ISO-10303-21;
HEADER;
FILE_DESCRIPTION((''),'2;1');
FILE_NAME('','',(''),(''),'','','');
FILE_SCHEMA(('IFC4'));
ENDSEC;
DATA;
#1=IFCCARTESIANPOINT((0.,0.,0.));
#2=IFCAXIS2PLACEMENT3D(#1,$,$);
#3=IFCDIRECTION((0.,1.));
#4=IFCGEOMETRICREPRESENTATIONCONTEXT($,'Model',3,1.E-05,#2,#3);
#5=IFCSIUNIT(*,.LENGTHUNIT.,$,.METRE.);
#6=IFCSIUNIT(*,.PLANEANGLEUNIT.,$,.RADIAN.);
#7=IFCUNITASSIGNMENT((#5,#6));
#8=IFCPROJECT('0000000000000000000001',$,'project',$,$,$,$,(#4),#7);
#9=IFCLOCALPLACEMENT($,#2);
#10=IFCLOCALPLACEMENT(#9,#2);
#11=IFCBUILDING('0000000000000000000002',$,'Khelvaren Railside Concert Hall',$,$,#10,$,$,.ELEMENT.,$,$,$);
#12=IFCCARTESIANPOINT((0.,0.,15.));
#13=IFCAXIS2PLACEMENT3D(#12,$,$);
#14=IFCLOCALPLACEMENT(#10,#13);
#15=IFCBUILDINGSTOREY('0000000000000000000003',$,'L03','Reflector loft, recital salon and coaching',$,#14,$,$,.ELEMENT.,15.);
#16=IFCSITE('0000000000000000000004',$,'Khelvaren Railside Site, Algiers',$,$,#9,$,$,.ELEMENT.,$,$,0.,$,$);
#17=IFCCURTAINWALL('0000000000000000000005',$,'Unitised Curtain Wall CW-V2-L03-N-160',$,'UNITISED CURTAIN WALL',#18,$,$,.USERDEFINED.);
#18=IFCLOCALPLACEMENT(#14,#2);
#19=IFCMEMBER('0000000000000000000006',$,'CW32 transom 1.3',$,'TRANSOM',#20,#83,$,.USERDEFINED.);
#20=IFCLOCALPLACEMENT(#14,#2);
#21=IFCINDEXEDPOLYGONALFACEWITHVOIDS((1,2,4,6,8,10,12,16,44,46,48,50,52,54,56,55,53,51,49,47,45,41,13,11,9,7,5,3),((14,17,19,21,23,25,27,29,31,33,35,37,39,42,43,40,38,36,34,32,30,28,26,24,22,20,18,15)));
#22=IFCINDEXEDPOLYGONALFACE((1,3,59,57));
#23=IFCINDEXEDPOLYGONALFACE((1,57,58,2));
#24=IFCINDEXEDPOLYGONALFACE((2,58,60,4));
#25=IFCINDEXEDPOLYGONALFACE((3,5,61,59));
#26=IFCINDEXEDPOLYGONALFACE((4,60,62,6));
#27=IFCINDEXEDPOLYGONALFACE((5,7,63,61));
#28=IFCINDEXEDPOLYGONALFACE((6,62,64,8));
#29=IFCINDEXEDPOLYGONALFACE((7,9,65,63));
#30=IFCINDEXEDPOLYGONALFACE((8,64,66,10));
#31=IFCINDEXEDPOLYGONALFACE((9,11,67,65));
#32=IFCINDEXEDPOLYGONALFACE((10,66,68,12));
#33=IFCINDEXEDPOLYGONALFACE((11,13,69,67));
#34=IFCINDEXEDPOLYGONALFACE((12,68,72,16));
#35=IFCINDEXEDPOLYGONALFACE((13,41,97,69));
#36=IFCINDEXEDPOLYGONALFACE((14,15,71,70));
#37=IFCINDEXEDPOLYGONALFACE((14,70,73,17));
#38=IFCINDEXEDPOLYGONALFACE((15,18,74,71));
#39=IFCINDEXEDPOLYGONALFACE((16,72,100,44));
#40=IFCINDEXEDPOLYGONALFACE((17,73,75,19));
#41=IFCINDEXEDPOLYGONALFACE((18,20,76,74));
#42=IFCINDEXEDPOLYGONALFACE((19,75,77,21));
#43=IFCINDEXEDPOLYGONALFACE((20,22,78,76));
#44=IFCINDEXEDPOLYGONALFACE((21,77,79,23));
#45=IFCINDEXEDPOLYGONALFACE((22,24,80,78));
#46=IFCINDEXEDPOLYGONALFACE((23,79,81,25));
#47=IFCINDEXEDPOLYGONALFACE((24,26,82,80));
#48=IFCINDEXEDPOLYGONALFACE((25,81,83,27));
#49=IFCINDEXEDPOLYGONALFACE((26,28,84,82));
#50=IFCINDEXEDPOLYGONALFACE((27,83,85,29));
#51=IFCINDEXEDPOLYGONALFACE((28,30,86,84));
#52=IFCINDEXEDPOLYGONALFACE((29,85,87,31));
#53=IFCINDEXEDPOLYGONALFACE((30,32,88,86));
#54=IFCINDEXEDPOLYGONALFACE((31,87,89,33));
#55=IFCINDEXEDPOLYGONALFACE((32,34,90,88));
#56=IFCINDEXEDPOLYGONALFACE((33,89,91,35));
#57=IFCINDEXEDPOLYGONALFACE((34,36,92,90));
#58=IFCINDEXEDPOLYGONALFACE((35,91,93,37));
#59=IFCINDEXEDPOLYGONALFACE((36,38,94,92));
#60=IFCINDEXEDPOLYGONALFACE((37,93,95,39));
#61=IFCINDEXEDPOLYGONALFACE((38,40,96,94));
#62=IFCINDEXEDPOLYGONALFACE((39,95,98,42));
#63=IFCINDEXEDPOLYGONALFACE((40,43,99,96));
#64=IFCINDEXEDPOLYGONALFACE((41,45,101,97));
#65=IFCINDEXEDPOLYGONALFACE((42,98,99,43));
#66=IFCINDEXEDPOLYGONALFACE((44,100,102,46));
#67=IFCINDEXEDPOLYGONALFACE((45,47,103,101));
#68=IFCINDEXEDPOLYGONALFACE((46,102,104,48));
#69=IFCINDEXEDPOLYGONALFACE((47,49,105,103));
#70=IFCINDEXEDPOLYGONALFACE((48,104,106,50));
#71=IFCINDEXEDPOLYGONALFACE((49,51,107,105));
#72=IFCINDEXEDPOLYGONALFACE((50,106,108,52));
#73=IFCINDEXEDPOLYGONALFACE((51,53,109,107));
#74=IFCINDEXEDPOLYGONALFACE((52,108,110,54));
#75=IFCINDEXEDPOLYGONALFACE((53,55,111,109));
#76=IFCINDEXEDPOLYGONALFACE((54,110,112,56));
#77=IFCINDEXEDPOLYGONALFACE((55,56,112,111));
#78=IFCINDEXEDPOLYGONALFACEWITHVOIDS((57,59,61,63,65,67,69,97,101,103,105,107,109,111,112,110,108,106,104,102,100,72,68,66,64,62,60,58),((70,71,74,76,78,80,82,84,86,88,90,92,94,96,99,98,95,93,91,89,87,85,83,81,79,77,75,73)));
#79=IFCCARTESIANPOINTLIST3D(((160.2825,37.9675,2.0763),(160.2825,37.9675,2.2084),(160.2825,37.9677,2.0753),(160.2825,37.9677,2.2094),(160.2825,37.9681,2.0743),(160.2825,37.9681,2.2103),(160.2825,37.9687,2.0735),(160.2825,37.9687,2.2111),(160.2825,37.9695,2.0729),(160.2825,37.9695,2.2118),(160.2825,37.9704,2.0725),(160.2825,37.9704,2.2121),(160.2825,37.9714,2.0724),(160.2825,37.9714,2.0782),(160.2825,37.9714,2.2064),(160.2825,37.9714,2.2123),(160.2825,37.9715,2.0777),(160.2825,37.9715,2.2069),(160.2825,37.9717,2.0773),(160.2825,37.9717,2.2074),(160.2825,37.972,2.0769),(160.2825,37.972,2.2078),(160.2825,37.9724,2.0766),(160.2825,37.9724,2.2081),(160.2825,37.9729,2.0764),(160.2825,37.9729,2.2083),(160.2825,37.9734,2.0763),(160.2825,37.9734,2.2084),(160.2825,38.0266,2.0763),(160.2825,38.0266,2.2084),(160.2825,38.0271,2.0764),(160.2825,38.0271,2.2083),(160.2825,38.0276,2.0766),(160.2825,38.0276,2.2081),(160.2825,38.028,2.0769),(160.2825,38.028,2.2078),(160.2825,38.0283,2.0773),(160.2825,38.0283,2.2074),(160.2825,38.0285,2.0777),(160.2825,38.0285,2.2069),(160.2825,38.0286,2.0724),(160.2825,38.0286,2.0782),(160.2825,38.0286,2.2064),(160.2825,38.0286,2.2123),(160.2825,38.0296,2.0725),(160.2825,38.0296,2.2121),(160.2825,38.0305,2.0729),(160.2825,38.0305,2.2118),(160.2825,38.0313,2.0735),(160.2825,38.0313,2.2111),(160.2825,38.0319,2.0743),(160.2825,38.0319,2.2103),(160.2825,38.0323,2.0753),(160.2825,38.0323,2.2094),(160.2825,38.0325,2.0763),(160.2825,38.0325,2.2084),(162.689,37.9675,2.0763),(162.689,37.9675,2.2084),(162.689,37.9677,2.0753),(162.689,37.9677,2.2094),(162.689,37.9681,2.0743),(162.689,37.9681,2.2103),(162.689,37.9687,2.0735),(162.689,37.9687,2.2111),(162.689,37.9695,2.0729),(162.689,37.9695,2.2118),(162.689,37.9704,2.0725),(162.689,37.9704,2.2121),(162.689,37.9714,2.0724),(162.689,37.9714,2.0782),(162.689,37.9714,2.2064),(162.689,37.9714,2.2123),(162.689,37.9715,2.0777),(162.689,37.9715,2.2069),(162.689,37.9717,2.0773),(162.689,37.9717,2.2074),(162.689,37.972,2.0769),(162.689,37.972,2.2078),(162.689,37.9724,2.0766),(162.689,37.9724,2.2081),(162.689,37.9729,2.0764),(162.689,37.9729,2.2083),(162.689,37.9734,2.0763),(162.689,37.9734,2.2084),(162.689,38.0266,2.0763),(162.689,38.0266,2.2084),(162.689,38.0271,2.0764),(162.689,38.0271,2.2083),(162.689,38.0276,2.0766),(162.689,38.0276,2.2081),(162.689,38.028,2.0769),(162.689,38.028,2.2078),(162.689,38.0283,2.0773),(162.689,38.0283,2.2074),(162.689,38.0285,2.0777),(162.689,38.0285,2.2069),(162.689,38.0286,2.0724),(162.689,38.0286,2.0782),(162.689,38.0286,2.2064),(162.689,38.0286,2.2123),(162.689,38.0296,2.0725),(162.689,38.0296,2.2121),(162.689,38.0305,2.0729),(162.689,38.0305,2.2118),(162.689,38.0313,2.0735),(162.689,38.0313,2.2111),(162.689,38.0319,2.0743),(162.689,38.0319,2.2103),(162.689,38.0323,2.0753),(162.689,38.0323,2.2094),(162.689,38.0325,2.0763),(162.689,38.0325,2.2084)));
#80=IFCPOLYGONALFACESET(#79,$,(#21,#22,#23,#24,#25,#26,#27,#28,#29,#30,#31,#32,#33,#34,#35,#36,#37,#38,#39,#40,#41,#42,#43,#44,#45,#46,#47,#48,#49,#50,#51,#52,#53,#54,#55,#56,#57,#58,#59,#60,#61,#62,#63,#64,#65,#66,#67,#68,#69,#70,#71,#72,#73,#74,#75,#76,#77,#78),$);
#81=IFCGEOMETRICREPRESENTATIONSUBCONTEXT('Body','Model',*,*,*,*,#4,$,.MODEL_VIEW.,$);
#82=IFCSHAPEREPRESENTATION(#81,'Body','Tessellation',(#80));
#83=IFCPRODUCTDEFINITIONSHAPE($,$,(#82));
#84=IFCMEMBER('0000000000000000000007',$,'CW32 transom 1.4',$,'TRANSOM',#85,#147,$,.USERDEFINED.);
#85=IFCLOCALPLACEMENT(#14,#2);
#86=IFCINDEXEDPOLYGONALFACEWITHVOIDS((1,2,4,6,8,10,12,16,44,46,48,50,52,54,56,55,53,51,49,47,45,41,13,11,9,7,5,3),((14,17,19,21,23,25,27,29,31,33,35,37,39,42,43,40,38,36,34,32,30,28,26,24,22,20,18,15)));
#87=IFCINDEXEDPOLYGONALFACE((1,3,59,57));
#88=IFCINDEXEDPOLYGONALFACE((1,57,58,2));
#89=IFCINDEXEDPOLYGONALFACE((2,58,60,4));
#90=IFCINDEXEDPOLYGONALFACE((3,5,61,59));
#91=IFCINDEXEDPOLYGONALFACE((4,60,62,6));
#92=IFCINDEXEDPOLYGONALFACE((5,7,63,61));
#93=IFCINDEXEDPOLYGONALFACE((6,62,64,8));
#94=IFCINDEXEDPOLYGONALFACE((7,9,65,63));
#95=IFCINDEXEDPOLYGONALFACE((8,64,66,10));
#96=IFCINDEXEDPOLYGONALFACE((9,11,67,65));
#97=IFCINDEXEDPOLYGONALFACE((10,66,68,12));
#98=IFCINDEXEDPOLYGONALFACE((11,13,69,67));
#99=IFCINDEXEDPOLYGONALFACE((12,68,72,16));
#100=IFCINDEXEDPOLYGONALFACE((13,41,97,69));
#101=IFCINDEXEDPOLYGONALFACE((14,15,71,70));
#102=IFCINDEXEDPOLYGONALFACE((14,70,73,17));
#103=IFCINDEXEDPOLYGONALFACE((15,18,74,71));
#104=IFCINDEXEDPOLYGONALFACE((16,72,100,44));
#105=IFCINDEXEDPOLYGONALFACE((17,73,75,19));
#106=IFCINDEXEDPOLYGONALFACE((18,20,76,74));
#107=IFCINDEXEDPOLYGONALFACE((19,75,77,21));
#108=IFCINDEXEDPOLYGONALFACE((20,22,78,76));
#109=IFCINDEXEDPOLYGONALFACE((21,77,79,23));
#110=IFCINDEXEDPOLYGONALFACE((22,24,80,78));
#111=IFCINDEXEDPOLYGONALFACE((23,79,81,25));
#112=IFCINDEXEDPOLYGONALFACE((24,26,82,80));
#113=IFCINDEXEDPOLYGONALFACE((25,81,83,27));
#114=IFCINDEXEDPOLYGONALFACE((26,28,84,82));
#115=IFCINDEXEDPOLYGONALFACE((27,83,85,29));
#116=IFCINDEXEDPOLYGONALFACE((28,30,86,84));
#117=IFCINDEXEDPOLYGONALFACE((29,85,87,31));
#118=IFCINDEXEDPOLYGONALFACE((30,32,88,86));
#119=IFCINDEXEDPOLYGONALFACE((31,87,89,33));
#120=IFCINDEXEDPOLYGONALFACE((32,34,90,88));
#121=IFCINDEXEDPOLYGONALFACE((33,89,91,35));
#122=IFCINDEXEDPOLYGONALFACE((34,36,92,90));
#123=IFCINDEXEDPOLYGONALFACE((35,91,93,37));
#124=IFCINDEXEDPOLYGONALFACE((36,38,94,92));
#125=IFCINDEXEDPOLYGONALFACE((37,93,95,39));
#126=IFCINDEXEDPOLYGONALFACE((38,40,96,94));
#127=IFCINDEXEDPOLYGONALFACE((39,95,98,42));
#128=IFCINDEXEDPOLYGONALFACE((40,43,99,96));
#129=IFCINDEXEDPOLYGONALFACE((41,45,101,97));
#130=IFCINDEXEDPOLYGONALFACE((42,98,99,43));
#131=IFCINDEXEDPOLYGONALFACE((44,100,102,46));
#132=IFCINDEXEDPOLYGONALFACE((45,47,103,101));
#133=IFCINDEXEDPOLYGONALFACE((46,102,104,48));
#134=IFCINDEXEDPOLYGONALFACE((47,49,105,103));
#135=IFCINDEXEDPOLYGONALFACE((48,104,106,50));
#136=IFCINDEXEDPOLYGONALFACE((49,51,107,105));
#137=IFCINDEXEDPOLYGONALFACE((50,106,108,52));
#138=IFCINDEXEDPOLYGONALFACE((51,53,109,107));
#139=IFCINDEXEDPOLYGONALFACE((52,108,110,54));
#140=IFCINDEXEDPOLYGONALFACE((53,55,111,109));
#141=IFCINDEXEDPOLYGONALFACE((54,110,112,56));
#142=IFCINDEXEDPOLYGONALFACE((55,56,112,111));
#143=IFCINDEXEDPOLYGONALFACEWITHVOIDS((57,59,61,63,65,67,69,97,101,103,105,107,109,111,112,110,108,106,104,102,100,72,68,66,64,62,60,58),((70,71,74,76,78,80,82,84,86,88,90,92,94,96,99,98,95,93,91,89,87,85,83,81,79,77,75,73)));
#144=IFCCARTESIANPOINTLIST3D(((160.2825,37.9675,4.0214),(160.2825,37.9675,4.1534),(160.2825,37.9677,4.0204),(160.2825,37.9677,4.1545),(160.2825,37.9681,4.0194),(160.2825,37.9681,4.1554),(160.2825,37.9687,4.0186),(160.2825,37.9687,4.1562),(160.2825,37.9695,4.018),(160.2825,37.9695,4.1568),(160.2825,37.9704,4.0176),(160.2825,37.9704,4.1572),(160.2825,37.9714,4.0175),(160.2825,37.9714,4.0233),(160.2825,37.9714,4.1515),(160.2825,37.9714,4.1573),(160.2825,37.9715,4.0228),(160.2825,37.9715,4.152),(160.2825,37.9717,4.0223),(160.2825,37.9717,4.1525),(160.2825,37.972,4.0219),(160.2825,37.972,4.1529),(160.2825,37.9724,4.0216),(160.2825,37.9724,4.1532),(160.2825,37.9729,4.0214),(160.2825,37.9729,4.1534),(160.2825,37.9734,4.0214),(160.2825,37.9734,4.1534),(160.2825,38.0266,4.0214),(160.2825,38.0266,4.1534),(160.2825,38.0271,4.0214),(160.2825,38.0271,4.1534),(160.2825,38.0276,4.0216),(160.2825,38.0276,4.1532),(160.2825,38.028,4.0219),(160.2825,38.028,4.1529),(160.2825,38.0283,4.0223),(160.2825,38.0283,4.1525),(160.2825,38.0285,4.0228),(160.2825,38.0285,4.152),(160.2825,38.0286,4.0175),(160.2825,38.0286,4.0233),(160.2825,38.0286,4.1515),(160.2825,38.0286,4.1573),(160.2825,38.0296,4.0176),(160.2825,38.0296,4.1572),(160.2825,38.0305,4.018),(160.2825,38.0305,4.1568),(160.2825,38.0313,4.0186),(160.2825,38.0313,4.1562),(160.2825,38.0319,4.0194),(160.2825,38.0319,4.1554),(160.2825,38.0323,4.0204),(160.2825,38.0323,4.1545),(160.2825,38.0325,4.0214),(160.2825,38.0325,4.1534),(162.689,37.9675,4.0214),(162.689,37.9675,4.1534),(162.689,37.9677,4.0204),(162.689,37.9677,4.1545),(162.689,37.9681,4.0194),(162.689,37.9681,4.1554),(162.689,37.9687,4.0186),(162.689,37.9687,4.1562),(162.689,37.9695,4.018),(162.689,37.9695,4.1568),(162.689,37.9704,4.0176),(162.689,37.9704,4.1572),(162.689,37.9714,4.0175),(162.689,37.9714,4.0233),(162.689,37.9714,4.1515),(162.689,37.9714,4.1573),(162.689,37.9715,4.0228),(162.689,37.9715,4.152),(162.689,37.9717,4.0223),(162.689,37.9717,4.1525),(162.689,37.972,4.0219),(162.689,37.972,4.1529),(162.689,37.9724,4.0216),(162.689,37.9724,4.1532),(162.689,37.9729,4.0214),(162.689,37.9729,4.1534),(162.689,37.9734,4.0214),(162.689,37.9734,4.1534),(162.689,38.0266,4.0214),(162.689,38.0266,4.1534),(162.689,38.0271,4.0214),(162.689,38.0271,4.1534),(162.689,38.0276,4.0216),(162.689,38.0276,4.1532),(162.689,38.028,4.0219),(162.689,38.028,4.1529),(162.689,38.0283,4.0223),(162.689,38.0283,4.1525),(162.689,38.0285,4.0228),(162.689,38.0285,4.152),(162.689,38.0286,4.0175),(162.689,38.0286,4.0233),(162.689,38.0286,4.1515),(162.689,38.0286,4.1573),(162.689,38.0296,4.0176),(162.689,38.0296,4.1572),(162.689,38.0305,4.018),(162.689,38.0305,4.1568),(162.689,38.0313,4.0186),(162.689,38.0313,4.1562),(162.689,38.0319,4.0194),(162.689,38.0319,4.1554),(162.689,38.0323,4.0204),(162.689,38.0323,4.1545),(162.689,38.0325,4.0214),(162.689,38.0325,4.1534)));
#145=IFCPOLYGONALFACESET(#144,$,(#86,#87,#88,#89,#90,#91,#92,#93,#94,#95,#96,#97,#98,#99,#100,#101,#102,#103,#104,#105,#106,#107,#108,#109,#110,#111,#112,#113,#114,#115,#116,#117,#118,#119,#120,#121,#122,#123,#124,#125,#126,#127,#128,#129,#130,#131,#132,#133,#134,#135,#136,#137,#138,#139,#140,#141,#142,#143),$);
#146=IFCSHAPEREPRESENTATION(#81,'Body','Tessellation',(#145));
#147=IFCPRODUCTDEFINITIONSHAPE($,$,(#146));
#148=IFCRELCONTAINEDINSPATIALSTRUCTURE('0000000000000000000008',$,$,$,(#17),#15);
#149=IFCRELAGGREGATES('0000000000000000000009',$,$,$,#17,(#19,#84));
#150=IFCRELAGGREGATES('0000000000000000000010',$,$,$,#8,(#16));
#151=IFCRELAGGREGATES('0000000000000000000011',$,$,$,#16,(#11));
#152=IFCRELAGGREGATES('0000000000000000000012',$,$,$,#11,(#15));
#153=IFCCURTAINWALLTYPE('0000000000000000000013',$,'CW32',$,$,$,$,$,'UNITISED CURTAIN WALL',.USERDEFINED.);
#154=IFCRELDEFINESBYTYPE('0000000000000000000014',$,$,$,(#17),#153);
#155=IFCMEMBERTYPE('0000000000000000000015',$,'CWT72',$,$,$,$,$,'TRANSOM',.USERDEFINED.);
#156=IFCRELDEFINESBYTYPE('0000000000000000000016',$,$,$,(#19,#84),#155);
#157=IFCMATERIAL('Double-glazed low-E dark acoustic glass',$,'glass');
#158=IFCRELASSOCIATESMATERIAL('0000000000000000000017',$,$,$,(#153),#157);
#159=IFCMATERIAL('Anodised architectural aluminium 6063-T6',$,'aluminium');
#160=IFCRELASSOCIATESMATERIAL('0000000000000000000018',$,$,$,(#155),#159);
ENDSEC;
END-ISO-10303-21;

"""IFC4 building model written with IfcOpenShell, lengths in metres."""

from ifc_helpers import new_model, si_unit, direction, frame, origin, origin_2d, place, context, subcontext, project, spatial, hollow_rectangle, extrude, material, material_profile, profile_set, type_object, element, aggregate, save


model = new_model("IFC4")

# Units and contexts
model_context = context("Model", 3, precision=1e-05, world=origin(), true_north=direction((0.0, 1.0)))
body_context = subcontext(model_context, "Body", "Model", "MODEL_VIEW")
ifc_project = project(units=[si_unit("LENGTHUNIT", "METRE"), si_unit("PLANEANGLEUNIT", "RADIAN")], contexts=[model_context])

# Site, building, storey
site_placement = place(None, origin())
site = spatial("IfcSite", under=ifc_project, at=site_placement, Name="Khelvaren Railside Site, Algiers", CompositionType="ELEMENT", RefElevation=0.0)
building_placement = place(site_placement, origin())
building = spatial("IfcBuilding", under=site, at=building_placement, Name="Khelvaren Railside Concert Hall", CompositionType="ELEMENT")
storey_placement = place(building_placement, frame((0.0, 0.0, 15.0)))
storey = spatial("IfcBuildingStorey", under=building, at=storey_placement, Name="L03", Description="Reflector loft, recital salon and coaching", CompositionType="ELEMENT", Elevation=15.0)

# Shared definitions
ifc_material_1 = material(Name="Double-glazed low-E dark acoustic glass", Category="glass")
ifc_material_2 = material(Name="Anodised architectural aluminium 6063-T6", Category="aluminium")

# Curtain wall
curtain_wall_type_1 = type_object("IfcCurtainWallType", Name="CW32", ElementType="UNITISED CURTAIN WALL", PredefinedType="USERDEFINED", material=ifc_material_1)
curtain_wall_1_placement = place(storey_placement, origin())
curtain_wall_1 = element("IfcCurtainWall", 1, at=curtain_wall_1_placement, inside=storey, type_object=curtain_wall_type_1, Name="Unitised Curtain Wall CW-V2-L03-N-160", ObjectType="UNITISED CURTAIN WALL", PredefinedType="USERDEFINED")

# Members
ifc_material_profile_1 = material_profile(ifc_material_2, hollow_rectangle(XDim=0.0649, YDim=0.1399, WallThickness=0.0039, InnerFilletRadius=0.002, OuterFilletRadius=0.0039, at=origin_2d()), Name="CWT 65x140x4")
ifc_profile_set_1 = profile_set([ifc_material_profile_1], Name="Anodised architectural aluminium 6063-T6")
member_type_1 = type_object("IfcMemberType", Name="CWT72", ElementType="TRANSOM", PredefinedType="USERDEFINED", material=ifc_profile_set_1)
member_1_placement = place(storey_placement, frame((160.2825, 38.0, 2.1423), z_axis=(1.0, 0.0, 0.0), x_axis=(0.0, 1.0, 0.0)))
member_1 = element("IfcMember", 2, at=member_1_placement, type_object=member_type_1, Name="CW32 transom 1.3", ObjectType="TRANSOM", PredefinedType="USERDEFINED", context=body_context, shape_type="SweptSolid", body=[
    extrude(hollow_rectangle(XDim=0.0649, YDim=0.1399, WallThickness=0.0039, InnerFilletRadius=0.002, OuterFilletRadius=0.0039, at=origin_2d()), origin(), (0.0, 0.0, 1.0), 2.4065),
])
member_2_placement = place(storey_placement, frame((160.2825, 38.0, 4.0874), z_axis=(1.0, 0.0, 0.0), x_axis=(0.0, 1.0, 0.0)))
member_2 = element("IfcMember", 3, at=member_2_placement, type_object=member_type_1, Name="CW32 transom 1.4", ObjectType="TRANSOM", PredefinedType="USERDEFINED", context=body_context, shape_type="SweptSolid", body=[
    extrude(hollow_rectangle(XDim=0.0649, YDim=0.1399, WallThickness=0.0039, InnerFilletRadius=0.002, OuterFilletRadius=0.0039, at=origin_2d()), origin(), (0.0, 0.0, 1.0), 2.4065),
])

aggregate(curtain_wall_1, [member_1, member_2])

save(model, "model.ifc")
